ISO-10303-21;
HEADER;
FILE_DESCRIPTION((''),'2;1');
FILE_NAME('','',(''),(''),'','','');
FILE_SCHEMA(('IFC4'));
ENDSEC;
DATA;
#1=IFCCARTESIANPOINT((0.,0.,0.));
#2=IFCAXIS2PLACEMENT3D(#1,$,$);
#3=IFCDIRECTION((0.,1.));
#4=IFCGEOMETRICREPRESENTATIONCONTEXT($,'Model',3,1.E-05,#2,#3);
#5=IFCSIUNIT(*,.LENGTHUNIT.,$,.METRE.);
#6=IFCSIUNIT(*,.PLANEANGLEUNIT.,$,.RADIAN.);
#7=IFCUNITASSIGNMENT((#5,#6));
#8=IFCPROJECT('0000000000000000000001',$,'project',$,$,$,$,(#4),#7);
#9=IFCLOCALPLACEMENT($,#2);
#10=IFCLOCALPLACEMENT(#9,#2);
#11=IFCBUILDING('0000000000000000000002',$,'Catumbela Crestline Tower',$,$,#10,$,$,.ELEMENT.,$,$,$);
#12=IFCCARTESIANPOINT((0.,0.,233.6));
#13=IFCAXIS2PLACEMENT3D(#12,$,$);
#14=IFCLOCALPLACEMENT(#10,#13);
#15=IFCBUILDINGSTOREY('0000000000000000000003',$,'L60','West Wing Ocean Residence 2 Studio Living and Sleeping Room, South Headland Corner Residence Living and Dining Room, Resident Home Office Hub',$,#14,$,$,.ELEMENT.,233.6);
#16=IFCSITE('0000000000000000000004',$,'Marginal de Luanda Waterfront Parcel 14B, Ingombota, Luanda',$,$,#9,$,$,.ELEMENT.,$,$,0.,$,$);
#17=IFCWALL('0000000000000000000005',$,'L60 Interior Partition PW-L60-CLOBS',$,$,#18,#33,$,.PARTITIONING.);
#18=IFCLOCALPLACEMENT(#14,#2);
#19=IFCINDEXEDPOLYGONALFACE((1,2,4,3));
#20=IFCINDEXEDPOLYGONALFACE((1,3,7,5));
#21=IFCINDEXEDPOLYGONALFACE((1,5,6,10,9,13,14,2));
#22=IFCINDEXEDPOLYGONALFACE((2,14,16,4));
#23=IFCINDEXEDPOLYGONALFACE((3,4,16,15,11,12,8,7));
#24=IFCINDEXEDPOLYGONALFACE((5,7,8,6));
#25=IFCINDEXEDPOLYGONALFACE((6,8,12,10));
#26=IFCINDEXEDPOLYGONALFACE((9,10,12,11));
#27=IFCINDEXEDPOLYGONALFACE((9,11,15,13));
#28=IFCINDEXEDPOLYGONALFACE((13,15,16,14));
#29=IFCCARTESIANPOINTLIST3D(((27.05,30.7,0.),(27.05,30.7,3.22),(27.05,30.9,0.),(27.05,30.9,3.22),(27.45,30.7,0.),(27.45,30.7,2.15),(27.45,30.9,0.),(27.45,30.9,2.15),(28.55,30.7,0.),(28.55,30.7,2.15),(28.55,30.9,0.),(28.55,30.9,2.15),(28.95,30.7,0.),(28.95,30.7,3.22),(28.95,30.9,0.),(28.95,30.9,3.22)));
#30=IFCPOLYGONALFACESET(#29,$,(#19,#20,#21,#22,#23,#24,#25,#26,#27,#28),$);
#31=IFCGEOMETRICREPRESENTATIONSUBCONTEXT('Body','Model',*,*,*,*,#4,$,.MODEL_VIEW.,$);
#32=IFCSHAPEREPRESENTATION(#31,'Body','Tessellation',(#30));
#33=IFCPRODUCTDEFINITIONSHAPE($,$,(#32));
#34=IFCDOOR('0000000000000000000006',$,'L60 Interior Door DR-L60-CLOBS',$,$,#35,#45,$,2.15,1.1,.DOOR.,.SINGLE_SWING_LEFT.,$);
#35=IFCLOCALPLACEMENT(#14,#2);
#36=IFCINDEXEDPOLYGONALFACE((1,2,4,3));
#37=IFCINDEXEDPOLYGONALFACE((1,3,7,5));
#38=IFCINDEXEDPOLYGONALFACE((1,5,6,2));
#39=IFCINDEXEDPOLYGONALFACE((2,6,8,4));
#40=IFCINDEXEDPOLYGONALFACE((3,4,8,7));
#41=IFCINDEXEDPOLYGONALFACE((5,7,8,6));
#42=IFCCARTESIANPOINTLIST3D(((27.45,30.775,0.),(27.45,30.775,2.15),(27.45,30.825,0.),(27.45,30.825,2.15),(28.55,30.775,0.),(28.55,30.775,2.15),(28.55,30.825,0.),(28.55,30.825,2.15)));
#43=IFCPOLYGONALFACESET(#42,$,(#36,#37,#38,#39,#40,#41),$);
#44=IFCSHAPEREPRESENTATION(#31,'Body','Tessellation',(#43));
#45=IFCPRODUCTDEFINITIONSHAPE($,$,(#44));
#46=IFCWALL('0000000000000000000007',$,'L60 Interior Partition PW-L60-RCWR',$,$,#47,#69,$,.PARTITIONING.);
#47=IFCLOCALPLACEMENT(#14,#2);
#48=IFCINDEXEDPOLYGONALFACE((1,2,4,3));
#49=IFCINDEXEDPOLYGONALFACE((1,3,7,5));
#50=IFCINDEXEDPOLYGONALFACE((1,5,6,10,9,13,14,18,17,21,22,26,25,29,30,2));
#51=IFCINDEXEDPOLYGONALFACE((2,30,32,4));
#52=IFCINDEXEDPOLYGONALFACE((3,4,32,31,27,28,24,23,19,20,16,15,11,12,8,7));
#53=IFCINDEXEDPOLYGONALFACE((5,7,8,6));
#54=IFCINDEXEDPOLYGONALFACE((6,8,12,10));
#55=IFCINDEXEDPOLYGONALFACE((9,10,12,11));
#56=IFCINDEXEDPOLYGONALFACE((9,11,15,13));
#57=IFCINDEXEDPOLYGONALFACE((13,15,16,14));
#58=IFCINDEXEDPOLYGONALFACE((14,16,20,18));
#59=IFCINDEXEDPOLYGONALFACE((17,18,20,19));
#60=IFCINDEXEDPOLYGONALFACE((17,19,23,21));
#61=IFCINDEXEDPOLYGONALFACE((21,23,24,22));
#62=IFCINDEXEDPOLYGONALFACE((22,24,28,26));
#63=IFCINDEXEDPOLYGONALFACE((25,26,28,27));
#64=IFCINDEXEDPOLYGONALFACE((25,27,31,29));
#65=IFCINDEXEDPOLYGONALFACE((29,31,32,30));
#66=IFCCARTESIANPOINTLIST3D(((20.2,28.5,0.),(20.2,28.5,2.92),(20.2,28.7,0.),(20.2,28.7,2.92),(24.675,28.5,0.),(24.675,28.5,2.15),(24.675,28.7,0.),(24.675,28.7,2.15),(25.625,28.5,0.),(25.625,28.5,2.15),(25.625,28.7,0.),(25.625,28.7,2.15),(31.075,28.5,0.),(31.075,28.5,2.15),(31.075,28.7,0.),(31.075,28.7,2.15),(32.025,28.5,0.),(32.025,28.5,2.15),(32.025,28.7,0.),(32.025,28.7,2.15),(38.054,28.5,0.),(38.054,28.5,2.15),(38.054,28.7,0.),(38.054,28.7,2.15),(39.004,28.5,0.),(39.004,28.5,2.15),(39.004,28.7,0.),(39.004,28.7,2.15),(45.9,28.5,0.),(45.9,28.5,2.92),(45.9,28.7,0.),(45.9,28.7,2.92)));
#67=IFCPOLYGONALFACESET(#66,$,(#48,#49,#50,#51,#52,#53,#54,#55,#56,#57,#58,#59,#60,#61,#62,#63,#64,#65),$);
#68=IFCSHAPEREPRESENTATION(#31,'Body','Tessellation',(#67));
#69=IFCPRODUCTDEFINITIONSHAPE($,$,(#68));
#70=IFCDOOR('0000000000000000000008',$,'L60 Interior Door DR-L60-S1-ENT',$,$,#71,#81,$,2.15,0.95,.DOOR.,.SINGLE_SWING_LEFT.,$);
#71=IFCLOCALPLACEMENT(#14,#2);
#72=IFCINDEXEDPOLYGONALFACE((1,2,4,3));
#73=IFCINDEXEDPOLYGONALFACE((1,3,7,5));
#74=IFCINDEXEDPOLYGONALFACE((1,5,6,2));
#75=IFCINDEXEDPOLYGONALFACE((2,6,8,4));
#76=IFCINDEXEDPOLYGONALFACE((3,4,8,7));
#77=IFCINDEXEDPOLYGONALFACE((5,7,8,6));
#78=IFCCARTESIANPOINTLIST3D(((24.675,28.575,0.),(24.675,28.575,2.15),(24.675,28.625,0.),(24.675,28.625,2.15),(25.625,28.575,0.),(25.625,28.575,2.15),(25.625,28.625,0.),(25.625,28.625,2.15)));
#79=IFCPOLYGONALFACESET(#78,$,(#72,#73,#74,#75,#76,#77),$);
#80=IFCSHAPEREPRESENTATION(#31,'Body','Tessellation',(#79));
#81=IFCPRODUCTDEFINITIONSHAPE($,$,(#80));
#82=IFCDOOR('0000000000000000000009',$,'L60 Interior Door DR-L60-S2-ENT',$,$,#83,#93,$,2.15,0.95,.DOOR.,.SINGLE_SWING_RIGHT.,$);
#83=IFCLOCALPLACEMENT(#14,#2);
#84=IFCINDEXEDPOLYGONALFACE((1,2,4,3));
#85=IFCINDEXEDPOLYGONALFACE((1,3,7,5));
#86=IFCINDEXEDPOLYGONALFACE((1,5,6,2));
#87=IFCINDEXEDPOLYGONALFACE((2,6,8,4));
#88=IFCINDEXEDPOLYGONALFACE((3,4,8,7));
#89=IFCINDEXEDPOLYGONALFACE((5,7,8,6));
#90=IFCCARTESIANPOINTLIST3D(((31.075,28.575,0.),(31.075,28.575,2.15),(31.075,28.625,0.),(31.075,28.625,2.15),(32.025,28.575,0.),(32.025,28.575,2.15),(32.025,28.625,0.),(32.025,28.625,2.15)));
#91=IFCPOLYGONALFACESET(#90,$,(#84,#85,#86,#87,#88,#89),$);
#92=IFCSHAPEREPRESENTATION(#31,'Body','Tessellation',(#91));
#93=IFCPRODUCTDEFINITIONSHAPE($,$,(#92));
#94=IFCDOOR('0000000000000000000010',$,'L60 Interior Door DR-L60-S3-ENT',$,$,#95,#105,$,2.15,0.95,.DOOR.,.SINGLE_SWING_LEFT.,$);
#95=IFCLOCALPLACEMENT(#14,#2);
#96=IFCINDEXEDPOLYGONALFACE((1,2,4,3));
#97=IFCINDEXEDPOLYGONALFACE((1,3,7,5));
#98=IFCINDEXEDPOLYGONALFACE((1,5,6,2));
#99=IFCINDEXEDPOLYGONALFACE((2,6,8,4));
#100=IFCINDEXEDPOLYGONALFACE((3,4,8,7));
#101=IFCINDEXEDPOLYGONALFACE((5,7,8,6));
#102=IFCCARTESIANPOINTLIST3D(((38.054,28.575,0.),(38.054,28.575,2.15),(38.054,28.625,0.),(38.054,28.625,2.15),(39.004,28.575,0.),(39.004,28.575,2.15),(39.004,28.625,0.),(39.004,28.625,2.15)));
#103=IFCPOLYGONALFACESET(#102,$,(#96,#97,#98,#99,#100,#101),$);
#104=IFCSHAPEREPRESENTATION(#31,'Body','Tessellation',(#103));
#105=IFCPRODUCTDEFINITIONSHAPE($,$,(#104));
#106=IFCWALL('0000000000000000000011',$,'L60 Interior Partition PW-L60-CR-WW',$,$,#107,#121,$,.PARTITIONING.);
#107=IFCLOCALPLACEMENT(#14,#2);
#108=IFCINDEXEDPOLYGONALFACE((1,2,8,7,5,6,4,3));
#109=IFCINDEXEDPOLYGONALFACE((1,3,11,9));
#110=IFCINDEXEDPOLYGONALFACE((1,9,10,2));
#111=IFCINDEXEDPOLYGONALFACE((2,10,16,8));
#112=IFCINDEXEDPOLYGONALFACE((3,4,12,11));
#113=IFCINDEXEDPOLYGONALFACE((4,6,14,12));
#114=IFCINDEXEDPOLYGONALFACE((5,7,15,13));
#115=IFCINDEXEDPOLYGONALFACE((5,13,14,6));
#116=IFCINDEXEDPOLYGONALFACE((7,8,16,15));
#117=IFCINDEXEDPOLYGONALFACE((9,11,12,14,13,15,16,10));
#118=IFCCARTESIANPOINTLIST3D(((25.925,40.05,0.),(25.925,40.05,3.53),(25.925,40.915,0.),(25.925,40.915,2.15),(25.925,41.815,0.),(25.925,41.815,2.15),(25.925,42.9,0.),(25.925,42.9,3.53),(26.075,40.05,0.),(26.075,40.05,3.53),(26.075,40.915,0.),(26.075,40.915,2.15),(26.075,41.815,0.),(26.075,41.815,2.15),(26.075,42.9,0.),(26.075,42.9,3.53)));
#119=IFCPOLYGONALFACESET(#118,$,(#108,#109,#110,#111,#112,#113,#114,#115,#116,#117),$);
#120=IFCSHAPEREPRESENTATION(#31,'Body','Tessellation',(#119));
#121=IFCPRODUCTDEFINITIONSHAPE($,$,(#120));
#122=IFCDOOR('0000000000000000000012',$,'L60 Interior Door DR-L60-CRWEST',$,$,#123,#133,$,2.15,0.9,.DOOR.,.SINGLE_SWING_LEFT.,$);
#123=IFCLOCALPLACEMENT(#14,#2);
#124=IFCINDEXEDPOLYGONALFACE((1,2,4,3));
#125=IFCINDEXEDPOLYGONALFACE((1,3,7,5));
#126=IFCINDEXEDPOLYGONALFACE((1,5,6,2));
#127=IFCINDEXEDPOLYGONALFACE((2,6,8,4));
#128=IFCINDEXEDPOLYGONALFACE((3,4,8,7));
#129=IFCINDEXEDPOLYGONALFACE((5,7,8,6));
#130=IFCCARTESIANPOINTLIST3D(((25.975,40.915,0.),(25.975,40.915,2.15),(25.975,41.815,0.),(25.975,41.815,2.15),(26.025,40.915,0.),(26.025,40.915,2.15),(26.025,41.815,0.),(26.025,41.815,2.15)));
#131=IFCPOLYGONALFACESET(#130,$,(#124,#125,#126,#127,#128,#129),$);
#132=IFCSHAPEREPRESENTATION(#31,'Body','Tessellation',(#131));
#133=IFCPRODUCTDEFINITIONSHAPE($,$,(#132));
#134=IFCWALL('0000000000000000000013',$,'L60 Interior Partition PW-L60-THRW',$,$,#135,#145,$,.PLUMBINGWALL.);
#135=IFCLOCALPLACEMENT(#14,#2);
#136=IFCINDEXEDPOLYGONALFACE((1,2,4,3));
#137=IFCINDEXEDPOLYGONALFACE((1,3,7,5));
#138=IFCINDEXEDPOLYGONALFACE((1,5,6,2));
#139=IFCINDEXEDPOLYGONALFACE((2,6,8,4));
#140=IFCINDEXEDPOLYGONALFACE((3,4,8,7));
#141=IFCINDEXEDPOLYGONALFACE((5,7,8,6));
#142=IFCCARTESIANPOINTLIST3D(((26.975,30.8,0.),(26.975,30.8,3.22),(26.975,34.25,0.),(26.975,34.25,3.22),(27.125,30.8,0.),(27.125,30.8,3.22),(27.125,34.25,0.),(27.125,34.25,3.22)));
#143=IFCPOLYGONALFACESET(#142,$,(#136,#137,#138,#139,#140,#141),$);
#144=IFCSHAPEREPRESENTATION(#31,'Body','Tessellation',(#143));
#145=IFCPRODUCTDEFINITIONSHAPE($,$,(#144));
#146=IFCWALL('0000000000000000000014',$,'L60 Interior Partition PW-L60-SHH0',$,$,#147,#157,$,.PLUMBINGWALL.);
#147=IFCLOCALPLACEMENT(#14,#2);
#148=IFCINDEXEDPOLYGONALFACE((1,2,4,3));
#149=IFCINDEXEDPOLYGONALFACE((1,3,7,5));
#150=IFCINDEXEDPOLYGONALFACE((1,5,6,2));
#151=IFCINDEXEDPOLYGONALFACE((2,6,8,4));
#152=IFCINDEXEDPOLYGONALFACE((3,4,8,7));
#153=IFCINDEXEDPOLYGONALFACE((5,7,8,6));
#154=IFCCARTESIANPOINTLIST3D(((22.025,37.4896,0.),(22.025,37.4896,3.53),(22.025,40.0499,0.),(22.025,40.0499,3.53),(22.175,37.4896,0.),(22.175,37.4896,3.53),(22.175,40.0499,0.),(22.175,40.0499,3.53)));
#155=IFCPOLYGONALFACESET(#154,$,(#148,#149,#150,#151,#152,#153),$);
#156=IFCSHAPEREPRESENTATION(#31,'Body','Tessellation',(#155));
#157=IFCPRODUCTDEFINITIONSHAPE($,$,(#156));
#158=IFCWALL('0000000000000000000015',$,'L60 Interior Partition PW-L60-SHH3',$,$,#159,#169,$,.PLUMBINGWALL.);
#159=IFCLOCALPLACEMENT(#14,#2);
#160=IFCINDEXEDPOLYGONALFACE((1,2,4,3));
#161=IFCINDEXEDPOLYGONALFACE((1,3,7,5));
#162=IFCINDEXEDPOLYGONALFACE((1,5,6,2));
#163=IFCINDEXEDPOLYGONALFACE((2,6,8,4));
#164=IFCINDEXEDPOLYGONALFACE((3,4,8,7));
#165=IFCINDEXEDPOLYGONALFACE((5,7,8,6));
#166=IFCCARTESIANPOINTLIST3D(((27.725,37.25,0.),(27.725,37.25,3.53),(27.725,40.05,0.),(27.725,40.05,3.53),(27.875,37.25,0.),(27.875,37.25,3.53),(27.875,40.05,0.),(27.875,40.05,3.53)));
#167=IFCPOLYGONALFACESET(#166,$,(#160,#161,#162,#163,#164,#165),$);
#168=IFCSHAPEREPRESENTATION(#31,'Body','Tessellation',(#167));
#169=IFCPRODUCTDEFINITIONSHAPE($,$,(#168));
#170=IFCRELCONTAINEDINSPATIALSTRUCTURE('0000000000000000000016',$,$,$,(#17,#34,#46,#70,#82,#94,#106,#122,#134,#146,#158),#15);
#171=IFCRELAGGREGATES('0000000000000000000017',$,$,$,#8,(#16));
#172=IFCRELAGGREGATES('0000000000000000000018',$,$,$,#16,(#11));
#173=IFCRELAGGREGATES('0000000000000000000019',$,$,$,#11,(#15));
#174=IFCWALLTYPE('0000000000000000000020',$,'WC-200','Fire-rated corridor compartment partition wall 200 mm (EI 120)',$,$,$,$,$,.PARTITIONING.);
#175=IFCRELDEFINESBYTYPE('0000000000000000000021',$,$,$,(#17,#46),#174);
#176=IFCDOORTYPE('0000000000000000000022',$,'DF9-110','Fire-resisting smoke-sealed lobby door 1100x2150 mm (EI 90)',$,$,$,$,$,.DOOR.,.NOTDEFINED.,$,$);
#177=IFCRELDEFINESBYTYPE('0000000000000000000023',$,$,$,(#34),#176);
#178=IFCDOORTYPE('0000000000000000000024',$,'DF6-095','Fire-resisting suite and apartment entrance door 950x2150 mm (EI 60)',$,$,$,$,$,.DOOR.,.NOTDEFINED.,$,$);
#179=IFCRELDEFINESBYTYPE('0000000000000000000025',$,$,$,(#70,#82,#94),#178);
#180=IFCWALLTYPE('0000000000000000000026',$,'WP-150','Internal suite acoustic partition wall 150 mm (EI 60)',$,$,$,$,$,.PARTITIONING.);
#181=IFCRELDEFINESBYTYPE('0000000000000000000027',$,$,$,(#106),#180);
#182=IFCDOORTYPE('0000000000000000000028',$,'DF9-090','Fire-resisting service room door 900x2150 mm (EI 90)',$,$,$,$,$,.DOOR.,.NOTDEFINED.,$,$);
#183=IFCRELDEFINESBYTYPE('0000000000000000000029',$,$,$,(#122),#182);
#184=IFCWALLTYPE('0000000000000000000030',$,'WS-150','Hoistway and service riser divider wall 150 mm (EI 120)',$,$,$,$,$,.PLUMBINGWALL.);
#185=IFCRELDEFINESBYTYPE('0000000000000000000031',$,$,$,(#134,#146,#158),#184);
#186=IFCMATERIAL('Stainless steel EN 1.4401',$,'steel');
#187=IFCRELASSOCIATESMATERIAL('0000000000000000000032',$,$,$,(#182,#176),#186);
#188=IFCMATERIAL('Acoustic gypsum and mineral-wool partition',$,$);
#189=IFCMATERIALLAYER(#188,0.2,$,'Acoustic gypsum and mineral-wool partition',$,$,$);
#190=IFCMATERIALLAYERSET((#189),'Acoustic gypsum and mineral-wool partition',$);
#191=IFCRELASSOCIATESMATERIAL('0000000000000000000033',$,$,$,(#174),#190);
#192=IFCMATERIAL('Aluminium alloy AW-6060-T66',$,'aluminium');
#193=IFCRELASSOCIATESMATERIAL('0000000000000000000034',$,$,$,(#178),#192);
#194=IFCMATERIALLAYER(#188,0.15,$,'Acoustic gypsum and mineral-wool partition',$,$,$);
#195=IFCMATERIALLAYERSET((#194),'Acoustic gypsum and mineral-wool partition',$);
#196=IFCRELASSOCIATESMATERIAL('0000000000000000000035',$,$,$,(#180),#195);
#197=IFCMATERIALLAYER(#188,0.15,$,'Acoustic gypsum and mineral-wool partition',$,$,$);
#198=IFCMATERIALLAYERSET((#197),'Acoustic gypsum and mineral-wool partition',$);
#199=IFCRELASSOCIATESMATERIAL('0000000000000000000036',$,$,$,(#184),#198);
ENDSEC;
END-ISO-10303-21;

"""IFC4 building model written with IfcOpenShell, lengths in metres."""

from ifc_helpers import new_model, si_unit, direction, frame, frame_2d, origin, place, context, subcontext, project, spatial, rectangle, extrude, material, layer, layer_set, type_object, element, fill, save


model = new_model("IFC4")

# Units and contexts
model_context = context("Model", 3, precision=1e-05, world=origin(), true_north=direction((0.0, 1.0)))
body_context = subcontext(model_context, "Body", "Model", "MODEL_VIEW")
ifc_project = project(units=[si_unit("LENGTHUNIT", "METRE"), si_unit("PLANEANGLEUNIT", "RADIAN")], contexts=[model_context])

# Site, building, storey
site_placement = place(None, origin())
site = spatial("IfcSite", under=ifc_project, at=site_placement, Name="Marginal de Luanda Waterfront Parcel 14B, Ingombota, Luanda", CompositionType="ELEMENT", RefElevation=0.0)
building_placement = place(site_placement, origin())
building = spatial("IfcBuilding", under=site, at=building_placement, Name="Catumbela Crestline Tower", CompositionType="ELEMENT")
storey_placement = place(building_placement, frame((0.0, 0.0, 233.6)))
storey = spatial("IfcBuildingStorey", under=building, at=storey_placement, Name="L60", Description="West Wing Ocean Residence 2 Studio Living and Sleeping Room, South Headland Corner Residence Living and Dining Room, Resident Home Office Hub", CompositionType="ELEMENT", Elevation=233.6)

# Shared definitions
ifc_material_1 = material(Name="Stainless steel EN 1.4401", Category="steel")

# Shared definitions
door_type_1 = type_object("IfcDoorType", Name="DF9-090", Description="Fire-resisting service room door 900x2150 mm (EI 90)", OperationType="NOTDEFINED", PredefinedType="DOOR", material=ifc_material_1)

# Wall, opening, door
ifc_material_2 = material(Name="Acoustic gypsum and mineral-wool partition")
ifc_layer_1 = layer(ifc_material_2, 0.2, Name="Acoustic gypsum and mineral-wool partition")
ifc_layer_set_1 = layer_set([ifc_layer_1], Name="Acoustic gypsum and mineral-wool partition")
wall_type_1 = type_object("IfcWallType", Name="WC-200", Description="Fire-rated corridor compartment partition wall 200 mm (EI 120)", PredefinedType="PARTITIONING", material=ifc_layer_set_1)
wall_1_placement = place(storey_placement, frame((27.05, 30.8, 0.0), z_axis=(0.0, 0.0, 1.0), x_axis=(1.0, 0.0, 0.0)))
wall_1 = element("IfcWall", 1, at=wall_1_placement, inside=storey, type_object=wall_type_1, Name="L60 Interior Partition PW-L60-CLOBS", PredefinedType="PARTITIONING", context=body_context, shape_type="SweptSolid", body=[
    extrude(rectangle(XDim=1.9, YDim=0.2, at=frame_2d((0.95, 0.0))), origin(), (0.0, 0.0, 1.0), 3.22),
])
opening_1_placement = place(wall_1_placement, frame((0.4, 0.0, 0.0)))
opening_1 = element("IfcOpeningElement", 2, at=opening_1_placement, cuts=wall_1, PredefinedType="OPENING", context=body_context, shape_type="SweptSolid", body=[
    extrude(rectangle(XDim=1.1, YDim=2.15, at=frame_2d((0.55, 1.075))), frame((0.0, 0.11, 0.0), z_axis=(0.0, -1.0, 0.0), x_axis=(1.0, 0.0, 0.0)), (0.0, 0.0, 1.0), 0.22),
])
door_type_2 = type_object("IfcDoorType", Name="DF9-110", Description="Fire-resisting smoke-sealed lobby door 1100x2150 mm (EI 90)", OperationType="NOTDEFINED", PredefinedType="DOOR", material=ifc_material_1)
door_1_placement = place(opening_1_placement, origin())
door_1 = element("IfcDoor", 3, at=door_1_placement, inside=storey, type_object=door_type_2, Name="L60 Interior Door DR-L60-CLOBS", OperationType="SINGLE_SWING_LEFT", OverallHeight=2.15, OverallWidth=1.1, PredefinedType="DOOR", context=body_context, shape_type="SweptSolid", body=[
    extrude(rectangle(XDim=1.1, YDim=2.15, at=frame_2d((0.55, 1.075))), frame((0.0, 0.025, 0.0), z_axis=(0.0, -1.0, 0.0), x_axis=(1.0, 0.0, 0.0)), (0.0, 0.0, 1.0), 0.05),
])
fill(opening_1, door_1)

# Wall, openings, doors
wall_2_placement = place(storey_placement, frame((20.2, 28.6, 0.0), z_axis=(0.0, 0.0, 1.0), x_axis=(1.0, 0.0, 0.0)))
wall_2 = element("IfcWall", 4, at=wall_2_placement, inside=storey, type_object=wall_type_1, Name="L60 Interior Partition PW-L60-RCWR", PredefinedType="PARTITIONING", context=body_context, shape_type="SweptSolid", body=[
    extrude(rectangle(XDim=25.7, YDim=0.2, at=frame_2d((12.85, 0.0))), origin(), (0.0, 0.0, 1.0), 2.92),
])
opening_2_placement = place(wall_2_placement, frame((4.475, 0.0, 0.0)))
opening_2 = element("IfcOpeningElement", 5, at=opening_2_placement, cuts=wall_2, PredefinedType="OPENING", context=body_context, shape_type="SweptSolid", body=[
    extrude(rectangle(XDim=0.95, YDim=2.15, at=frame_2d((0.475, 1.075))), frame((0.0, 0.11, 0.0), z_axis=(0.0, -1.0, 0.0), x_axis=(1.0, 0.0, 0.0)), (0.0, 0.0, 1.0), 0.22),
])
opening_3_placement = place(wall_2_placement, frame((10.875, 0.0, 0.0)))
opening_3 = element("IfcOpeningElement", 6, at=opening_3_placement, cuts=wall_2, PredefinedType="OPENING", context=body_context, shape_type="SweptSolid", body=[
    extrude(rectangle(XDim=0.95, YDim=2.15, at=frame_2d((0.475, 1.075))), frame((0.0, 0.11, 0.0), z_axis=(0.0, -1.0, 0.0), x_axis=(1.0, 0.0, 0.0)), (0.0, 0.0, 1.0), 0.22),
])
opening_4_placement = place(wall_2_placement, frame((17.854, 0.0, 0.0)))
opening_4 = element("IfcOpeningElement", 7, at=opening_4_placement, cuts=wall_2, PredefinedType="OPENING", context=body_context, shape_type="SweptSolid", body=[
    extrude(rectangle(XDim=0.95, YDim=2.15, at=frame_2d((0.475, 1.075))), frame((0.0, 0.11, 0.0), z_axis=(0.0, -1.0, 0.0), x_axis=(1.0, 0.0, 0.0)), (0.0, 0.0, 1.0), 0.22),
])
ifc_material_3 = material(Name="Aluminium alloy AW-6060-T66", Category="aluminium")
door_type_3 = type_object("IfcDoorType", Name="DF6-095", Description="Fire-resisting suite and apartment entrance door 950x2150 mm (EI 60)", OperationType="NOTDEFINED", PredefinedType="DOOR", material=ifc_material_3)
door_2_placement = place(opening_2_placement, origin())
door_2 = element("IfcDoor", 8, at=door_2_placement, inside=storey, type_object=door_type_3, Name="L60 Interior Door DR-L60-S1-ENT", OperationType="SINGLE_SWING_LEFT", OverallHeight=2.15, OverallWidth=0.95, PredefinedType="DOOR", context=body_context, shape_type="SweptSolid", body=[
    extrude(rectangle(XDim=0.95, YDim=2.15, at=frame_2d((0.475, 1.075))), frame((0.0, 0.025, 0.0), z_axis=(0.0, -1.0, 0.0), x_axis=(1.0, 0.0, 0.0)), (0.0, 0.0, 1.0), 0.05),
])
fill(opening_2, door_2)
door_3_placement = place(opening_3_placement, origin())
door_3 = element("IfcDoor", 9, at=door_3_placement, inside=storey, type_object=door_type_3, Name="L60 Interior Door DR-L60-S2-ENT", OperationType="SINGLE_SWING_RIGHT", OverallHeight=2.15, OverallWidth=0.95, PredefinedType="DOOR", context=body_context, shape_type="SweptSolid", body=[
    extrude(rectangle(XDim=0.95, YDim=2.15, at=frame_2d((0.475, 1.075))), frame((0.0, 0.025, 0.0), z_axis=(0.0, -1.0, 0.0), x_axis=(1.0, 0.0, 0.0)), (0.0, 0.0, 1.0), 0.05),
])
fill(opening_3, door_3)
door_4_placement = place(opening_4_placement, origin())
door_4 = element("IfcDoor", 10, at=door_4_placement, inside=storey, type_object=door_type_3, Name="L60 Interior Door DR-L60-S3-ENT", OperationType="SINGLE_SWING_LEFT", OverallHeight=2.15, OverallWidth=0.95, PredefinedType="DOOR", context=body_context, shape_type="SweptSolid", body=[
    extrude(rectangle(XDim=0.95, YDim=2.15, at=frame_2d((0.475, 1.075))), frame((0.0, 0.025, 0.0), z_axis=(0.0, -1.0, 0.0), x_axis=(1.0, 0.0, 0.0)), (0.0, 0.0, 1.0), 0.05),
])
fill(opening_4, door_4)

# Wall, opening, door
ifc_layer_2 = layer(ifc_material_2, 0.15, Name="Acoustic gypsum and mineral-wool partition")
ifc_layer_set_2 = layer_set([ifc_layer_2], Name="Acoustic gypsum and mineral-wool partition")
wall_type_2 = type_object("IfcWallType", Name="WP-150", Description="Internal suite acoustic partition wall 150 mm (EI 60)", PredefinedType="PARTITIONING", material=ifc_layer_set_2)
wall_3_placement = place(storey_placement, frame((26.0, 40.05, 0.0), z_axis=(0.0, 0.0, 1.0), x_axis=(0.0, 1.0, 0.0)))
wall_3 = element("IfcWall", 11, at=wall_3_placement, inside=storey, type_object=wall_type_2, Name="L60 Interior Partition PW-L60-CR-WW", PredefinedType="PARTITIONING", context=body_context, shape_type="SweptSolid", body=[
    extrude(rectangle(XDim=2.85, YDim=0.15, at=frame_2d((1.425, 0.0))), origin(), (0.0, 0.0, 1.0), 3.53),
])
opening_5_placement = place(wall_3_placement, frame((0.865, 0.0, 0.0)))
opening_5 = element("IfcOpeningElement", 12, at=opening_5_placement, cuts=wall_3, PredefinedType="OPENING", context=body_context, shape_type="SweptSolid", body=[
    extrude(rectangle(XDim=0.9, YDim=2.15, at=frame_2d((0.45, 1.075))), frame((0.0, 0.085, 0.0), z_axis=(0.0, -1.0, 0.0), x_axis=(1.0, 0.0, 0.0)), (0.0, 0.0, 1.0), 0.17),
])
door_5_placement = place(opening_5_placement, origin())
door_5 = element("IfcDoor", 13, at=door_5_placement, inside=storey, type_object=door_type_1, Name="L60 Interior Door DR-L60-CRWEST", OperationType="SINGLE_SWING_LEFT", OverallHeight=2.15, OverallWidth=0.9, PredefinedType="DOOR", context=body_context, shape_type="SweptSolid", body=[
    extrude(rectangle(XDim=0.9, YDim=2.15, at=frame_2d((0.45, 1.075))), frame((0.0, 0.025, 0.0), z_axis=(0.0, -1.0, 0.0), x_axis=(1.0, 0.0, 0.0)), (0.0, 0.0, 1.0), 0.05),
])
fill(opening_5, door_5)

# Walls
ifc_layer_3 = layer(ifc_material_2, 0.15, Name="Acoustic gypsum and mineral-wool partition")
ifc_layer_set_3 = layer_set([ifc_layer_3], Name="Acoustic gypsum and mineral-wool partition")
wall_type_3 = type_object("IfcWallType", Name="WS-150", Description="Hoistway and service riser divider wall 150 mm (EI 120)", PredefinedType="PLUMBINGWALL", material=ifc_layer_set_3)
wall_4_placement = place(storey_placement, frame((27.05, 30.8, 0.0), z_axis=(0.0, 0.0, 1.0), x_axis=(0.0, 1.0, 0.0)))
element("IfcWall", 14, at=wall_4_placement, inside=storey, type_object=wall_type_3, Name="L60 Interior Partition PW-L60-THRW", PredefinedType="PLUMBINGWALL", context=body_context, shape_type="SweptSolid", body=[
    extrude(rectangle(XDim=3.45, YDim=0.15, at=frame_2d((1.725, 0.0))), origin(), (0.0, 0.0, 1.0), 3.22),
])
wall_5_placement = place(storey_placement, frame((22.1, 37.4897, 0.0), z_axis=(0.0, 0.0, 1.0), x_axis=(0.0, 1.0, 0.0)))
element("IfcWall", 15, at=wall_5_placement, inside=storey, type_object=wall_type_3, Name="L60 Interior Partition PW-L60-SHH0", PredefinedType="PLUMBINGWALL", context=body_context, shape_type="SweptSolid", body=[
    extrude(rectangle(XDim=2.5603, YDim=0.15, at=frame_2d((1.2801, 0.0))), origin(), (0.0, 0.0, 1.0), 3.53),
])
wall_6_placement = place(storey_placement, frame((27.8, 37.25, 0.0), z_axis=(0.0, 0.0, 1.0), x_axis=(0.0, 1.0, 0.0)))
element("IfcWall", 16, at=wall_6_placement, inside=storey, type_object=wall_type_3, Name="L60 Interior Partition PW-L60-SHH3", PredefinedType="PLUMBINGWALL", context=body_context, shape_type="SweptSolid", body=[
    extrude(rectangle(XDim=2.8, YDim=0.15, at=frame_2d((1.4, 0.0))), origin(), (0.0, 0.0, 1.0), 3.53),
])

save(model, "model.ifc")
